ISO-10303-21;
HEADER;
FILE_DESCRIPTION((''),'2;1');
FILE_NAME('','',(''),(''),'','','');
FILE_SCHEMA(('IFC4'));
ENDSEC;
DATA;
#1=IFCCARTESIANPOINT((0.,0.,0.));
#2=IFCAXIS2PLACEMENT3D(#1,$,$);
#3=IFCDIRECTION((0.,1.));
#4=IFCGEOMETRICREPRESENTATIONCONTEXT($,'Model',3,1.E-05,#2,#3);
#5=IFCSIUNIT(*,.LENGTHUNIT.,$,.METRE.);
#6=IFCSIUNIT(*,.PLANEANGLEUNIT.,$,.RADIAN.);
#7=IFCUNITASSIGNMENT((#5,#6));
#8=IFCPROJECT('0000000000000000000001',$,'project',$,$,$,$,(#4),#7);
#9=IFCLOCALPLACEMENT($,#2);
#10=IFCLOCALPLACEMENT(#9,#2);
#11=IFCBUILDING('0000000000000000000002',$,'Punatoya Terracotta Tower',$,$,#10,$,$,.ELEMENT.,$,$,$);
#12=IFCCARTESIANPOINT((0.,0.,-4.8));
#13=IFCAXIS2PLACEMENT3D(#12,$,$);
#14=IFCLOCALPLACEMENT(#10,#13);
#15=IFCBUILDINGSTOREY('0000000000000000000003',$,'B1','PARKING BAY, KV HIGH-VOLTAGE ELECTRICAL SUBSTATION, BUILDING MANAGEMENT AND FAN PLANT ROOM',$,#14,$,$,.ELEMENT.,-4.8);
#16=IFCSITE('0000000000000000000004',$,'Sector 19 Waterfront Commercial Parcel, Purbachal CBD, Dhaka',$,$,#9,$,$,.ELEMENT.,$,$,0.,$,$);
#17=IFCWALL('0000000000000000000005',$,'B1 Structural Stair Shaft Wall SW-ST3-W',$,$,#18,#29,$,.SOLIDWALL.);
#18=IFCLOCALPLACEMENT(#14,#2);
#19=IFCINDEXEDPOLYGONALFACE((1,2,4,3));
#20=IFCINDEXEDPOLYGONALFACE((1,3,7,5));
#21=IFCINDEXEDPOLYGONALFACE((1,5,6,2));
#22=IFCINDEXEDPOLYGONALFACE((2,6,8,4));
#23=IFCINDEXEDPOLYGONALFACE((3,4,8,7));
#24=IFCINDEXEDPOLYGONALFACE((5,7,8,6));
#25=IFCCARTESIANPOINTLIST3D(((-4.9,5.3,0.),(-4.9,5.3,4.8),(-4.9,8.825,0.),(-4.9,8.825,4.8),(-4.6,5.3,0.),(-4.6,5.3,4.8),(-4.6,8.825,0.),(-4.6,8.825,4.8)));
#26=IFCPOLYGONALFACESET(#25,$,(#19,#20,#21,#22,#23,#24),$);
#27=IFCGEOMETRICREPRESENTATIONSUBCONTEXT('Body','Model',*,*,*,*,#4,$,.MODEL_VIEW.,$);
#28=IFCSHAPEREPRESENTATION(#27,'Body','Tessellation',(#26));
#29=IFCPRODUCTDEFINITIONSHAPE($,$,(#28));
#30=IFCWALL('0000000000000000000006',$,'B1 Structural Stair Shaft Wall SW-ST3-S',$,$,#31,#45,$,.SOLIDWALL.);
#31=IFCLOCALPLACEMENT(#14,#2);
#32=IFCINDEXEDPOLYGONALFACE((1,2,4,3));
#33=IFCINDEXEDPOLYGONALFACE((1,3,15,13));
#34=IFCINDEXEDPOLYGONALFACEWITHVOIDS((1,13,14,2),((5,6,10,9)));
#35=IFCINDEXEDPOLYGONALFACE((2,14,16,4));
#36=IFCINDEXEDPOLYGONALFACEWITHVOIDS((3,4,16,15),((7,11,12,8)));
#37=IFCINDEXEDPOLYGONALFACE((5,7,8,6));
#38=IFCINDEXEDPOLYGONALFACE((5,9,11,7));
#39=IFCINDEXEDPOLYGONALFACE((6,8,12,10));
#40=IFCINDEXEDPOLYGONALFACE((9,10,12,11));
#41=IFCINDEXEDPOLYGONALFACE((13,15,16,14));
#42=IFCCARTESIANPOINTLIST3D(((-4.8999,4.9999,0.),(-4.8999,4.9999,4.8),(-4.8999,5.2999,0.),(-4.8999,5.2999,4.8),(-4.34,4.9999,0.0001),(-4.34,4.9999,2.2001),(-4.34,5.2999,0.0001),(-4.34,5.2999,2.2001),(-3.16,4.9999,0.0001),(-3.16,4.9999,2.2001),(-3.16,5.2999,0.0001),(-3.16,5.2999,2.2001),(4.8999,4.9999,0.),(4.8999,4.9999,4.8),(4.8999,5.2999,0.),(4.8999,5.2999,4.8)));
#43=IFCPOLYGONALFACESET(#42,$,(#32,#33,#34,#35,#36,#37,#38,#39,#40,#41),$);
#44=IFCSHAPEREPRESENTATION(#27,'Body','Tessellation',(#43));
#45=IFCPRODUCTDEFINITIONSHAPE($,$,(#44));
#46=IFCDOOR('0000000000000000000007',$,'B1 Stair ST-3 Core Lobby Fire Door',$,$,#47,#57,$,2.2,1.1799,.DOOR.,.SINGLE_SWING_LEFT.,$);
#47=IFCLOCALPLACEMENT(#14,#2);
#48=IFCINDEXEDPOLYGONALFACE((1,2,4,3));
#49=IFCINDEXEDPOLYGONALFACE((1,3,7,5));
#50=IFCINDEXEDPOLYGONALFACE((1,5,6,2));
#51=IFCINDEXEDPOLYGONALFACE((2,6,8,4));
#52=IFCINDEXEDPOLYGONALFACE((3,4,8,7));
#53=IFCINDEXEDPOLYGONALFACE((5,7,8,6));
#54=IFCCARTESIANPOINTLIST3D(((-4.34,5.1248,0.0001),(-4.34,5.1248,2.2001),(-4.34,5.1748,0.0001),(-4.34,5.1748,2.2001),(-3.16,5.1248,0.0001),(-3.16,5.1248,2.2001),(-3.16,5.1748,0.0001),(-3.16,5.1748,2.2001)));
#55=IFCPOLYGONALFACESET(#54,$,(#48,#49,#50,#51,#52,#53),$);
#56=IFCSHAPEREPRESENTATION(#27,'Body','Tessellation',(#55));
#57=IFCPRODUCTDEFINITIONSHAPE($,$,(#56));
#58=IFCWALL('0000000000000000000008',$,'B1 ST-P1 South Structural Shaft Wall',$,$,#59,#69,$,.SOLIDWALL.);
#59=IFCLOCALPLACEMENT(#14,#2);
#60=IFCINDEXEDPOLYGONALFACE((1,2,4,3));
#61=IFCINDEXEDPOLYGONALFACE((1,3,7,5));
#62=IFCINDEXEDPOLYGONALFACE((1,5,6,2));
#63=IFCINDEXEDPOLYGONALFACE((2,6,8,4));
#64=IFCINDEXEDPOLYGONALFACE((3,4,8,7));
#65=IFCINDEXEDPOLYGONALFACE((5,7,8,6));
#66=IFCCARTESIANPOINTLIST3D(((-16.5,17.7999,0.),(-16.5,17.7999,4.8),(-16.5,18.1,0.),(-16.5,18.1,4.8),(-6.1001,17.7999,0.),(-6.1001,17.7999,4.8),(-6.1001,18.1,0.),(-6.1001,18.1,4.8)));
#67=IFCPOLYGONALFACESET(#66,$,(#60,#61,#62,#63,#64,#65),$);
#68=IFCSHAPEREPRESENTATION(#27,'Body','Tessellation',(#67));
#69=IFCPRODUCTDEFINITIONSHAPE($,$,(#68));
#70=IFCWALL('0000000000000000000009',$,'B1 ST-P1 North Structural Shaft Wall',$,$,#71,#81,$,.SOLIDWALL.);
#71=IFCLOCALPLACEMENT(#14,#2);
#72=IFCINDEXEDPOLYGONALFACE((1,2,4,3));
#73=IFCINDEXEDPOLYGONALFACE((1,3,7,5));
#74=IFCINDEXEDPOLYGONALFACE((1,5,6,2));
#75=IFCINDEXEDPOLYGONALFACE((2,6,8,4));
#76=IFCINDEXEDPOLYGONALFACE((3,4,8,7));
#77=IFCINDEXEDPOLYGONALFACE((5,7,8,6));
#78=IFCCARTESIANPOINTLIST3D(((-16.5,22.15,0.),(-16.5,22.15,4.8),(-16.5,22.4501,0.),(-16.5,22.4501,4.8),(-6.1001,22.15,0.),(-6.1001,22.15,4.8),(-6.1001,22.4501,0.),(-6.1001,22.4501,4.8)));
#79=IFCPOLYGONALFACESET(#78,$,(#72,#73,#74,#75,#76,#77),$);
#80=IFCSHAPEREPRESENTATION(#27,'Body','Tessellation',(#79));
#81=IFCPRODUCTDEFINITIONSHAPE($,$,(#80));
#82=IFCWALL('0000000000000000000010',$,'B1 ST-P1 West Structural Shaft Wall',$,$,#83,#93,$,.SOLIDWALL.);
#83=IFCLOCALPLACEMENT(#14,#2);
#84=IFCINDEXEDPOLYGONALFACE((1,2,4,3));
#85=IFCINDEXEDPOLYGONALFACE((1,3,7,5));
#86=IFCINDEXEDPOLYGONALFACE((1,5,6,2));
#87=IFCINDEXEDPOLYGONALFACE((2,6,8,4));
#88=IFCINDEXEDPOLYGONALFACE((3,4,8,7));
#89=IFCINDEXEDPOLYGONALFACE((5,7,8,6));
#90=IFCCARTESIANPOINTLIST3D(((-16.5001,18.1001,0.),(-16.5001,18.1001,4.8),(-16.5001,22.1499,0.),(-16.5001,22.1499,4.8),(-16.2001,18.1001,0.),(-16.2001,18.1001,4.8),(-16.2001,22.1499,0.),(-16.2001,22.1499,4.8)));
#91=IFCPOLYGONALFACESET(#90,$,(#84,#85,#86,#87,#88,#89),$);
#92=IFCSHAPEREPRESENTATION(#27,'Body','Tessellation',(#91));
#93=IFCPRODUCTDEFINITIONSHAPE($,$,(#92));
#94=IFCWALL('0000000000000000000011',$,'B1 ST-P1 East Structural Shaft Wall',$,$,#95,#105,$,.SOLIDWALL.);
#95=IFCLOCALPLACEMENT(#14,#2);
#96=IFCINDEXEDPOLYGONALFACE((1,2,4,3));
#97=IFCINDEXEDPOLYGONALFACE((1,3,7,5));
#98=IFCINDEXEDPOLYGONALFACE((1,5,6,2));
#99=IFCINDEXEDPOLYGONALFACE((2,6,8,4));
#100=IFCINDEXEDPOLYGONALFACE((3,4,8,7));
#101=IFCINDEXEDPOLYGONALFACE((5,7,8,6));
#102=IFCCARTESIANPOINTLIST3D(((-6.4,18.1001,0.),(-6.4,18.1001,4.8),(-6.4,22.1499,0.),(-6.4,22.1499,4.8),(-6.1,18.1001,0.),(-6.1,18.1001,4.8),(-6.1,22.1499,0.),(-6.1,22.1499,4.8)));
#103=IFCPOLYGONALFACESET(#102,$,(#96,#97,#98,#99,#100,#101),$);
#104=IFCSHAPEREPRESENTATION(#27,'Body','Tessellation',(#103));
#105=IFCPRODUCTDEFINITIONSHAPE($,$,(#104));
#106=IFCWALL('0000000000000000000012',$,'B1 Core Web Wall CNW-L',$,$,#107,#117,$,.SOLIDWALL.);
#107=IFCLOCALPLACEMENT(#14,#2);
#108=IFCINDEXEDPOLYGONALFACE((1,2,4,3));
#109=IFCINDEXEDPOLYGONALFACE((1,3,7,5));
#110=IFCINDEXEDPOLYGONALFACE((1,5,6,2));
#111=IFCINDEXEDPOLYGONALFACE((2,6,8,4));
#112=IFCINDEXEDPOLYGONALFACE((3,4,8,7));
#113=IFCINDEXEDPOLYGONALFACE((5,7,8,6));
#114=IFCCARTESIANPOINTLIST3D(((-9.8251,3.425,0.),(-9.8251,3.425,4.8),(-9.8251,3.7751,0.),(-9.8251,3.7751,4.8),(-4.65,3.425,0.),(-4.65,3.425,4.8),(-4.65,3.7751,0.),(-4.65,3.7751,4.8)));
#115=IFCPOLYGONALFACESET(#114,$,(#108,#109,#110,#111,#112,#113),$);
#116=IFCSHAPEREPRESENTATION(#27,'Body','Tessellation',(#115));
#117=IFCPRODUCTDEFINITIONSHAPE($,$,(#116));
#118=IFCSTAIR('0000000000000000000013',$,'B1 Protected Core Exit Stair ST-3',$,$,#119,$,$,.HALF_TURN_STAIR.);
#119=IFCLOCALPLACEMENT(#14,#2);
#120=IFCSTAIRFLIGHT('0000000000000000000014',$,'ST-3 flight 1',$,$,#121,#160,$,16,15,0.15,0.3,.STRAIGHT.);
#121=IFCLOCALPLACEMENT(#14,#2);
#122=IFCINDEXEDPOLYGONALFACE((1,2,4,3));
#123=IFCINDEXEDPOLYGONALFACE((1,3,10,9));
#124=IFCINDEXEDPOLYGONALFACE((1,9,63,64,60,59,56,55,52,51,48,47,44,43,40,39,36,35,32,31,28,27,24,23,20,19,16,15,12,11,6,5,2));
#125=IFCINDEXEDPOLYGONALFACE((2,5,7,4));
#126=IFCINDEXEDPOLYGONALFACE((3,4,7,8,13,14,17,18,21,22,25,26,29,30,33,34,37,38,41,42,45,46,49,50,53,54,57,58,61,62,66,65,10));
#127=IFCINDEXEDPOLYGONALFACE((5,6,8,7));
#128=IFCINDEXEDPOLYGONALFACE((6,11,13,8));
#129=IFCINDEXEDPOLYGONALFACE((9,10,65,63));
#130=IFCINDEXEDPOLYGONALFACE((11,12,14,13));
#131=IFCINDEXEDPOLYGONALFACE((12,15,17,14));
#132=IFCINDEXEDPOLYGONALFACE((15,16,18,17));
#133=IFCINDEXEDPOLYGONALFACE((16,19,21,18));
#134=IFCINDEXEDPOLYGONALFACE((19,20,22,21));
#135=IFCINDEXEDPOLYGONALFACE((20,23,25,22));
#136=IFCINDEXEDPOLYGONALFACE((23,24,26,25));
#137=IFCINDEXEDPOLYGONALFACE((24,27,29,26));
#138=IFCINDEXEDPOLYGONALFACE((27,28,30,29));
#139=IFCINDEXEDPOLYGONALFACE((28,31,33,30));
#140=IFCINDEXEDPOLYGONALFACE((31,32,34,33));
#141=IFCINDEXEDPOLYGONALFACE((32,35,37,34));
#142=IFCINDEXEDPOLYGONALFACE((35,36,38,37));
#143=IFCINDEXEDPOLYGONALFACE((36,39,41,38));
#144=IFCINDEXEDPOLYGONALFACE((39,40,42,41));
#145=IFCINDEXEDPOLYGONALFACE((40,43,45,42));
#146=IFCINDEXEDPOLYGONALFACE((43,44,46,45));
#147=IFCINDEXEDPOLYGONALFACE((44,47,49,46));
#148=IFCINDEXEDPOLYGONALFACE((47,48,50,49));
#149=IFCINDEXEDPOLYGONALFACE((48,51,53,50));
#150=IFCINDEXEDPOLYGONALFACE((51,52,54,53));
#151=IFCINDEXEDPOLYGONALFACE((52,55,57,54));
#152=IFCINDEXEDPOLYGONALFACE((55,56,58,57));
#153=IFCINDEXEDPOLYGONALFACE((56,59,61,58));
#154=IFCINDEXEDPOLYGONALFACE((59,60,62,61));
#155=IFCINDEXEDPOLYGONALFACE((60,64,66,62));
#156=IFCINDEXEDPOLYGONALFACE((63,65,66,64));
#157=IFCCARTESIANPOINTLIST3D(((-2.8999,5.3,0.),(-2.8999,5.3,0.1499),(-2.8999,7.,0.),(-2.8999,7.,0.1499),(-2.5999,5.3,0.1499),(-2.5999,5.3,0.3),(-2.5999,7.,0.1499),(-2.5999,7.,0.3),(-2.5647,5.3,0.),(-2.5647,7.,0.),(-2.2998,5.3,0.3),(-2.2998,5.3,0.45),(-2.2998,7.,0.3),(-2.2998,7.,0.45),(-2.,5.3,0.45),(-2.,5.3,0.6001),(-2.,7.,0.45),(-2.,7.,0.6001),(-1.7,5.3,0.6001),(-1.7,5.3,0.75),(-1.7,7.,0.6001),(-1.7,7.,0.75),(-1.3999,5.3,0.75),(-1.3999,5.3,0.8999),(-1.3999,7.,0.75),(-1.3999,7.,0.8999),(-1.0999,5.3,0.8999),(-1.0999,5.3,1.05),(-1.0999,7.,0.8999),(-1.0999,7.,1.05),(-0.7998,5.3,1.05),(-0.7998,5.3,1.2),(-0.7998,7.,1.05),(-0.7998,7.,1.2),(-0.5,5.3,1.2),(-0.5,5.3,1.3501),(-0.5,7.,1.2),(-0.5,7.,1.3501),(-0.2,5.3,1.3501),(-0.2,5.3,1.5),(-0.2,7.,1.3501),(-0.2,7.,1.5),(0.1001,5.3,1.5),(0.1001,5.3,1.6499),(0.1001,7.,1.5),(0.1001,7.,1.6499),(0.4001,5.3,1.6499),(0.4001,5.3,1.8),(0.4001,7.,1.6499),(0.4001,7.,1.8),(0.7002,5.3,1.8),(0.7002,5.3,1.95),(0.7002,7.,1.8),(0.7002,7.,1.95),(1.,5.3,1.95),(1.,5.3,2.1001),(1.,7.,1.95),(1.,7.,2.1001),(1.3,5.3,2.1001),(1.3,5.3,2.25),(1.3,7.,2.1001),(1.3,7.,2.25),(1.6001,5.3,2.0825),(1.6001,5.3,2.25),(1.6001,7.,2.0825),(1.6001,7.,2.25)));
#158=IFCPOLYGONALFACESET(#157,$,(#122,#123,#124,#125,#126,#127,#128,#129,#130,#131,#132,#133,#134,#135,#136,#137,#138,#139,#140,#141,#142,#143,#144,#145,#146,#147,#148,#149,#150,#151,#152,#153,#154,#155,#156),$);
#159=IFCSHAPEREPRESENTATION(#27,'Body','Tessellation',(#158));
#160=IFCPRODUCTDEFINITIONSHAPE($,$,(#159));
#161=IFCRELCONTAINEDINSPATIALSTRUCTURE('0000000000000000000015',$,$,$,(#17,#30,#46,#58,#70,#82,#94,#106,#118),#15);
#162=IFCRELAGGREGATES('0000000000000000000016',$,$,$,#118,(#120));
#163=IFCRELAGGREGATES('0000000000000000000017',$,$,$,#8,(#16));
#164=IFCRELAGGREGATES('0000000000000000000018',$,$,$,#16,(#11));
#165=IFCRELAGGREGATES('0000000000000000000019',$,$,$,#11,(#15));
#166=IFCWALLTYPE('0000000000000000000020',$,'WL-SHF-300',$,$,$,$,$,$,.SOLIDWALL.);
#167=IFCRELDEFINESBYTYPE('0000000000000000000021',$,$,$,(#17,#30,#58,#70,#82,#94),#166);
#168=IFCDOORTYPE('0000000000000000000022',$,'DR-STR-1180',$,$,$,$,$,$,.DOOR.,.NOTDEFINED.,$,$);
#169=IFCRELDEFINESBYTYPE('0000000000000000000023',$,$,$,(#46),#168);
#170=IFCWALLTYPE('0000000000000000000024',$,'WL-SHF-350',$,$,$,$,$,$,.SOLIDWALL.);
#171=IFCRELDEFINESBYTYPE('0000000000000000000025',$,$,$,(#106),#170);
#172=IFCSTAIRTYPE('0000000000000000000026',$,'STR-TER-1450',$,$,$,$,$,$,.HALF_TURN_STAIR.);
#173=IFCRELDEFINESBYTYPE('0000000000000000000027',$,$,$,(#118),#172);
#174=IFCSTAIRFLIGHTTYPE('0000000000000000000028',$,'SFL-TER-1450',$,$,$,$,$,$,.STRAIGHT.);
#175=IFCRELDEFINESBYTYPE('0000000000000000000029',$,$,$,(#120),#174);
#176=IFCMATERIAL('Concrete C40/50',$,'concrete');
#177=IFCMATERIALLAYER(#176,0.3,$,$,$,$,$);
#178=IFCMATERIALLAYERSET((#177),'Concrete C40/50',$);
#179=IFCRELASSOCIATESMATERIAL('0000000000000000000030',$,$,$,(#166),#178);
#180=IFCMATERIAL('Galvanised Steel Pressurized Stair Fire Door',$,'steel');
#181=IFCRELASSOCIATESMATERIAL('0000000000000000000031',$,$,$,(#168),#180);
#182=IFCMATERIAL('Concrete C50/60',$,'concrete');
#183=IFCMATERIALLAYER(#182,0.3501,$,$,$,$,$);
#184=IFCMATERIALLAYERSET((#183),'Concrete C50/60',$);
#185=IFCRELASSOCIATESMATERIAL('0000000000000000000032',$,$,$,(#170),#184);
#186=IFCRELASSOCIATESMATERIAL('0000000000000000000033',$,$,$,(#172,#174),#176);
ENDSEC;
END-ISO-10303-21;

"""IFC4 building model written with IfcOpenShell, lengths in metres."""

from ifc_helpers import new_model, si_unit, direction, frame, frame_2d, origin, place, context, subcontext, project, spatial, polyline, rectangle, outline, extrude, material, layer, layer_set, type_object, element, fill, aggregate, save


model = new_model("IFC4")

# Units and contexts
model_context = context("Model", 3, precision=1e-05, world=origin(), true_north=direction((0.0, 1.0)))
body_context = subcontext(model_context, "Body", "Model", "MODEL_VIEW")
ifc_project = project(units=[si_unit("LENGTHUNIT", "METRE"), si_unit("PLANEANGLEUNIT", "RADIAN")], contexts=[model_context])

# Site, building, storey
site_placement = place(None, origin())
site = spatial("IfcSite", under=ifc_project, at=site_placement, Name="Sector 19 Waterfront Commercial Parcel, Purbachal CBD, Dhaka", CompositionType="ELEMENT", RefElevation=0.0)
building_placement = place(site_placement, origin())
building = spatial("IfcBuilding", under=site, at=building_placement, Name="Punatoya Terracotta Tower", CompositionType="ELEMENT")
storey_placement = place(building_placement, frame((0.0, 0.0, -4.8)))
storey = spatial("IfcBuildingStorey", under=building, at=storey_placement, Name="B1", Description="PARKING BAY, KV HIGH-VOLTAGE ELECTRICAL SUBSTATION, BUILDING MANAGEMENT AND FAN PLANT ROOM", CompositionType="ELEMENT", Elevation=-4.8)

# Shared definitions
ifc_material_1 = material(Name="Concrete C50/60", Category="concrete")

# Shared definitions
ifc_material_2 = material(Name="Concrete C40/50", Category="concrete")

# Wall
ifc_layer_1 = layer(ifc_material_2, 0.3)
ifc_layer_set_1 = layer_set([ifc_layer_1], Name="Concrete C40/50")
wall_type_1 = type_object("IfcWallType", Name="WL-SHF-300", PredefinedType="SOLIDWALL", material=ifc_layer_set_1)
wall_1_placement = place(storey_placement, frame((-4.75, 5.3, 0.0), z_axis=(0.0, 0.0, 1.0), x_axis=(0.0, 1.0, 0.0)))
element("IfcWall", 1, at=wall_1_placement, inside=storey, type_object=wall_type_1, Name="B1 Structural Stair Shaft Wall SW-ST3-W", PredefinedType="SOLIDWALL", context=body_context, shape_type="SweptSolid", body=[
    extrude(rectangle(XDim=3.5249, YDim=0.3, at=frame_2d((1.7625, 0.0))), origin(), (0.0, 0.0, 1.0), 4.8),
])

# Wall, opening, door
wall_2_placement = place(storey_placement, frame((-4.8999, 5.1499, 0.0), z_axis=(0.0, 0.0, 1.0), x_axis=(1.0, 0.0, 0.0)))
wall_2 = element("IfcWall", 2, at=wall_2_placement, inside=storey, type_object=wall_type_1, Name="B1 Structural Stair Shaft Wall SW-ST3-S", PredefinedType="SOLIDWALL", context=body_context, shape_type="SweptSolid", body=[
    extrude(rectangle(XDim=9.7998, YDim=0.3, at=frame_2d((4.8999, 0.0))), origin(), (0.0, 0.0, 1.0), 4.8),
])
opening_1_placement = place(wall_2_placement, frame((0.5601, 0.0, 0.0)))
opening_1 = element("IfcOpeningElement", 3, at=opening_1_placement, cuts=wall_2, PredefinedType="OPENING", context=body_context, shape_type="SweptSolid", body=[
    extrude(rectangle(XDim=1.1799, YDim=2.2, at=frame_2d((0.5898, 1.1001))), frame((0.0, 0.1599, 0.0), z_axis=(0.0, -1.0, 0.0), x_axis=(1.0, 0.0, 0.0)), (0.0, 0.0, 1.0), 0.3201),
])
ifc_material_3 = material(Name="Galvanised Steel Pressurized Stair Fire Door", Category="steel")
door_type_1 = type_object("IfcDoorType", Name="DR-STR-1180", OperationType="NOTDEFINED", PredefinedType="DOOR", material=ifc_material_3)
door_1_placement = place(opening_1_placement, origin())
door_1 = element("IfcDoor", 4, at=door_1_placement, inside=storey, type_object=door_type_1, Name="B1 Stair ST-3 Core Lobby Fire Door", OperationType="SINGLE_SWING_LEFT", OverallHeight=2.2, OverallWidth=1.1799, PredefinedType="DOOR", context=body_context, shape_type="SweptSolid", body=[
    extrude(rectangle(XDim=1.1799, YDim=2.2, at=frame_2d((0.5898, 1.1001))), frame((0.0, 0.0249, 0.0), z_axis=(0.0, -1.0, 0.0), x_axis=(1.0, 0.0, 0.0)), (0.0, 0.0, 1.0), 0.05),
])
fill(opening_1, door_1)

# Walls
for number, where, z_axis, x_axis, name in (
    (5, (-16.5, 17.95, 0.0), (0.0, 0.0, 1.0), (1.0, 0.0, 0.0), "B1 ST-P1 South Structural Shaft Wall"),
    (6, (-6.1001, 22.3, 0.0), (0.0, 0.0, 1.0), (-1.0, 0.0, 0.0), "B1 ST-P1 North Structural Shaft Wall"),
):
    element("IfcWall", number, at=place(storey_placement, frame(where, z_axis=z_axis, x_axis=x_axis)), inside=storey, type_object=wall_type_1, Name=name, PredefinedType="SOLIDWALL", context=body_context, shape_type="SweptSolid", body=[
        extrude(rectangle(XDim=10.3999, YDim=0.3, at=frame_2d((5.2, 0.0))), origin(), (0.0, 0.0, 1.0), 4.8),
    ])
for number, where, z_axis, x_axis, name in (
    (7, (-16.3501, 18.1001, 0.0), (0.0, 0.0, 1.0), (0.0, 1.0, 0.0), "B1 ST-P1 West Structural Shaft Wall"),
    (8, (-6.25, 22.1499, 0.0), (0.0, 0.0, 1.0), (0.0, -1.0, 0.0), "B1 ST-P1 East Structural Shaft Wall"),
):
    element("IfcWall", number, at=place(storey_placement, frame(where, z_axis=z_axis, x_axis=x_axis)), inside=storey, type_object=wall_type_1, Name=name, PredefinedType="SOLIDWALL", context=body_context, shape_type="SweptSolid", body=[
        extrude(rectangle(XDim=4.0498, YDim=0.3, at=frame_2d((2.0249, 0.0))), origin(), (0.0, 0.0, 1.0), 4.8),
    ])
ifc_layer_2 = layer(ifc_material_1, 0.3501)
ifc_layer_set_2 = layer_set([ifc_layer_2], Name="Concrete C50/60")
wall_type_2 = type_object("IfcWallType", Name="WL-SHF-350", PredefinedType="SOLIDWALL", material=ifc_layer_set_2)
wall_3_placement = place(storey_placement, frame((-9.825, 3.6001, 0.0), z_axis=(0.0, 0.0, 1.0), x_axis=(1.0, 0.0, 0.0)))
element("IfcWall", 9, at=wall_3_placement, inside=storey, type_object=wall_type_2, Name="B1 Core Web Wall CNW-L", PredefinedType="SOLIDWALL", context=body_context, shape_type="SweptSolid", body=[
    extrude(rectangle(XDim=5.175, YDim=0.3501, at=frame_2d((2.5874, 0.0))), origin(), (0.0, 0.0, 1.0), 4.8),
])

# Stair, stair flight
stair_type = type_object("IfcStairType", Name="STR-TER-1450", PredefinedType="HALF_TURN_STAIR", material=ifc_material_2)
stair_placement = place(storey_placement, origin())
stair = element("IfcStair", 10, at=stair_placement, inside=storey, type_object=stair_type, Name="B1 Protected Core Exit Stair ST-3", PredefinedType="HALF_TURN_STAIR")
stair_flight_type = type_object("IfcStairFlightType", Name="SFL-TER-1450", PredefinedType="STRAIGHT", material=ifc_material_2)
stair_flight_placement = place(storey_placement, frame((-2.8999, 6.1499, 0.0), z_axis=(0.0, 0.0, 1.0), x_axis=(1.0, 0.0, 0.0)))
stair_flight = element("IfcStairFlight", 11, at=stair_flight_placement, type_object=stair_flight_type, Name="ST-3 flight 1", NumberOfRisers=16, NumberOfTreads=15, PredefinedType="STRAIGHT", RiserHeight=0.15, TreadLength=0.3, context=body_context, shape_type="SweptSolid", body=[
    extrude(outline(polyline([(0.0, 0.0), (0.0, 0.1499), (0.3, 0.1499), (0.3, 0.3), (0.6001, 0.3), (0.6001, 0.45), (0.8999, 0.45), (0.8999, 0.6001), (1.2, 0.6001), (1.2, 0.75), (1.5, 0.75), (1.5, 0.8999), (1.8, 0.8999), (1.8, 1.05), (2.1001, 1.05), (2.1001, 1.2), (2.3999, 1.2), (2.3999, 1.3501), (2.7, 1.3501), (2.7, 1.5), (3.0, 1.5), (3.0, 1.6499), (3.3, 1.6499), (3.3, 1.8), (3.6001, 1.8), (3.6001, 1.95), (3.8999, 1.95), (3.8999, 2.1001), (4.2, 2.1001), (4.2, 2.25), (4.5, 2.25), (4.5, 2.3999), (4.5, 2.0825), (0.3352, 0.0), (0.0, 0.0)])), frame((0.0, 0.8501, 0.0), z_axis=(0.0, -1.0, 0.0), x_axis=(1.0, 0.0, 0.0)), (0.0, 0.0, 1.0), 1.7),
])
aggregate(stair, [stair_flight])

save(model, "model.ifc")
